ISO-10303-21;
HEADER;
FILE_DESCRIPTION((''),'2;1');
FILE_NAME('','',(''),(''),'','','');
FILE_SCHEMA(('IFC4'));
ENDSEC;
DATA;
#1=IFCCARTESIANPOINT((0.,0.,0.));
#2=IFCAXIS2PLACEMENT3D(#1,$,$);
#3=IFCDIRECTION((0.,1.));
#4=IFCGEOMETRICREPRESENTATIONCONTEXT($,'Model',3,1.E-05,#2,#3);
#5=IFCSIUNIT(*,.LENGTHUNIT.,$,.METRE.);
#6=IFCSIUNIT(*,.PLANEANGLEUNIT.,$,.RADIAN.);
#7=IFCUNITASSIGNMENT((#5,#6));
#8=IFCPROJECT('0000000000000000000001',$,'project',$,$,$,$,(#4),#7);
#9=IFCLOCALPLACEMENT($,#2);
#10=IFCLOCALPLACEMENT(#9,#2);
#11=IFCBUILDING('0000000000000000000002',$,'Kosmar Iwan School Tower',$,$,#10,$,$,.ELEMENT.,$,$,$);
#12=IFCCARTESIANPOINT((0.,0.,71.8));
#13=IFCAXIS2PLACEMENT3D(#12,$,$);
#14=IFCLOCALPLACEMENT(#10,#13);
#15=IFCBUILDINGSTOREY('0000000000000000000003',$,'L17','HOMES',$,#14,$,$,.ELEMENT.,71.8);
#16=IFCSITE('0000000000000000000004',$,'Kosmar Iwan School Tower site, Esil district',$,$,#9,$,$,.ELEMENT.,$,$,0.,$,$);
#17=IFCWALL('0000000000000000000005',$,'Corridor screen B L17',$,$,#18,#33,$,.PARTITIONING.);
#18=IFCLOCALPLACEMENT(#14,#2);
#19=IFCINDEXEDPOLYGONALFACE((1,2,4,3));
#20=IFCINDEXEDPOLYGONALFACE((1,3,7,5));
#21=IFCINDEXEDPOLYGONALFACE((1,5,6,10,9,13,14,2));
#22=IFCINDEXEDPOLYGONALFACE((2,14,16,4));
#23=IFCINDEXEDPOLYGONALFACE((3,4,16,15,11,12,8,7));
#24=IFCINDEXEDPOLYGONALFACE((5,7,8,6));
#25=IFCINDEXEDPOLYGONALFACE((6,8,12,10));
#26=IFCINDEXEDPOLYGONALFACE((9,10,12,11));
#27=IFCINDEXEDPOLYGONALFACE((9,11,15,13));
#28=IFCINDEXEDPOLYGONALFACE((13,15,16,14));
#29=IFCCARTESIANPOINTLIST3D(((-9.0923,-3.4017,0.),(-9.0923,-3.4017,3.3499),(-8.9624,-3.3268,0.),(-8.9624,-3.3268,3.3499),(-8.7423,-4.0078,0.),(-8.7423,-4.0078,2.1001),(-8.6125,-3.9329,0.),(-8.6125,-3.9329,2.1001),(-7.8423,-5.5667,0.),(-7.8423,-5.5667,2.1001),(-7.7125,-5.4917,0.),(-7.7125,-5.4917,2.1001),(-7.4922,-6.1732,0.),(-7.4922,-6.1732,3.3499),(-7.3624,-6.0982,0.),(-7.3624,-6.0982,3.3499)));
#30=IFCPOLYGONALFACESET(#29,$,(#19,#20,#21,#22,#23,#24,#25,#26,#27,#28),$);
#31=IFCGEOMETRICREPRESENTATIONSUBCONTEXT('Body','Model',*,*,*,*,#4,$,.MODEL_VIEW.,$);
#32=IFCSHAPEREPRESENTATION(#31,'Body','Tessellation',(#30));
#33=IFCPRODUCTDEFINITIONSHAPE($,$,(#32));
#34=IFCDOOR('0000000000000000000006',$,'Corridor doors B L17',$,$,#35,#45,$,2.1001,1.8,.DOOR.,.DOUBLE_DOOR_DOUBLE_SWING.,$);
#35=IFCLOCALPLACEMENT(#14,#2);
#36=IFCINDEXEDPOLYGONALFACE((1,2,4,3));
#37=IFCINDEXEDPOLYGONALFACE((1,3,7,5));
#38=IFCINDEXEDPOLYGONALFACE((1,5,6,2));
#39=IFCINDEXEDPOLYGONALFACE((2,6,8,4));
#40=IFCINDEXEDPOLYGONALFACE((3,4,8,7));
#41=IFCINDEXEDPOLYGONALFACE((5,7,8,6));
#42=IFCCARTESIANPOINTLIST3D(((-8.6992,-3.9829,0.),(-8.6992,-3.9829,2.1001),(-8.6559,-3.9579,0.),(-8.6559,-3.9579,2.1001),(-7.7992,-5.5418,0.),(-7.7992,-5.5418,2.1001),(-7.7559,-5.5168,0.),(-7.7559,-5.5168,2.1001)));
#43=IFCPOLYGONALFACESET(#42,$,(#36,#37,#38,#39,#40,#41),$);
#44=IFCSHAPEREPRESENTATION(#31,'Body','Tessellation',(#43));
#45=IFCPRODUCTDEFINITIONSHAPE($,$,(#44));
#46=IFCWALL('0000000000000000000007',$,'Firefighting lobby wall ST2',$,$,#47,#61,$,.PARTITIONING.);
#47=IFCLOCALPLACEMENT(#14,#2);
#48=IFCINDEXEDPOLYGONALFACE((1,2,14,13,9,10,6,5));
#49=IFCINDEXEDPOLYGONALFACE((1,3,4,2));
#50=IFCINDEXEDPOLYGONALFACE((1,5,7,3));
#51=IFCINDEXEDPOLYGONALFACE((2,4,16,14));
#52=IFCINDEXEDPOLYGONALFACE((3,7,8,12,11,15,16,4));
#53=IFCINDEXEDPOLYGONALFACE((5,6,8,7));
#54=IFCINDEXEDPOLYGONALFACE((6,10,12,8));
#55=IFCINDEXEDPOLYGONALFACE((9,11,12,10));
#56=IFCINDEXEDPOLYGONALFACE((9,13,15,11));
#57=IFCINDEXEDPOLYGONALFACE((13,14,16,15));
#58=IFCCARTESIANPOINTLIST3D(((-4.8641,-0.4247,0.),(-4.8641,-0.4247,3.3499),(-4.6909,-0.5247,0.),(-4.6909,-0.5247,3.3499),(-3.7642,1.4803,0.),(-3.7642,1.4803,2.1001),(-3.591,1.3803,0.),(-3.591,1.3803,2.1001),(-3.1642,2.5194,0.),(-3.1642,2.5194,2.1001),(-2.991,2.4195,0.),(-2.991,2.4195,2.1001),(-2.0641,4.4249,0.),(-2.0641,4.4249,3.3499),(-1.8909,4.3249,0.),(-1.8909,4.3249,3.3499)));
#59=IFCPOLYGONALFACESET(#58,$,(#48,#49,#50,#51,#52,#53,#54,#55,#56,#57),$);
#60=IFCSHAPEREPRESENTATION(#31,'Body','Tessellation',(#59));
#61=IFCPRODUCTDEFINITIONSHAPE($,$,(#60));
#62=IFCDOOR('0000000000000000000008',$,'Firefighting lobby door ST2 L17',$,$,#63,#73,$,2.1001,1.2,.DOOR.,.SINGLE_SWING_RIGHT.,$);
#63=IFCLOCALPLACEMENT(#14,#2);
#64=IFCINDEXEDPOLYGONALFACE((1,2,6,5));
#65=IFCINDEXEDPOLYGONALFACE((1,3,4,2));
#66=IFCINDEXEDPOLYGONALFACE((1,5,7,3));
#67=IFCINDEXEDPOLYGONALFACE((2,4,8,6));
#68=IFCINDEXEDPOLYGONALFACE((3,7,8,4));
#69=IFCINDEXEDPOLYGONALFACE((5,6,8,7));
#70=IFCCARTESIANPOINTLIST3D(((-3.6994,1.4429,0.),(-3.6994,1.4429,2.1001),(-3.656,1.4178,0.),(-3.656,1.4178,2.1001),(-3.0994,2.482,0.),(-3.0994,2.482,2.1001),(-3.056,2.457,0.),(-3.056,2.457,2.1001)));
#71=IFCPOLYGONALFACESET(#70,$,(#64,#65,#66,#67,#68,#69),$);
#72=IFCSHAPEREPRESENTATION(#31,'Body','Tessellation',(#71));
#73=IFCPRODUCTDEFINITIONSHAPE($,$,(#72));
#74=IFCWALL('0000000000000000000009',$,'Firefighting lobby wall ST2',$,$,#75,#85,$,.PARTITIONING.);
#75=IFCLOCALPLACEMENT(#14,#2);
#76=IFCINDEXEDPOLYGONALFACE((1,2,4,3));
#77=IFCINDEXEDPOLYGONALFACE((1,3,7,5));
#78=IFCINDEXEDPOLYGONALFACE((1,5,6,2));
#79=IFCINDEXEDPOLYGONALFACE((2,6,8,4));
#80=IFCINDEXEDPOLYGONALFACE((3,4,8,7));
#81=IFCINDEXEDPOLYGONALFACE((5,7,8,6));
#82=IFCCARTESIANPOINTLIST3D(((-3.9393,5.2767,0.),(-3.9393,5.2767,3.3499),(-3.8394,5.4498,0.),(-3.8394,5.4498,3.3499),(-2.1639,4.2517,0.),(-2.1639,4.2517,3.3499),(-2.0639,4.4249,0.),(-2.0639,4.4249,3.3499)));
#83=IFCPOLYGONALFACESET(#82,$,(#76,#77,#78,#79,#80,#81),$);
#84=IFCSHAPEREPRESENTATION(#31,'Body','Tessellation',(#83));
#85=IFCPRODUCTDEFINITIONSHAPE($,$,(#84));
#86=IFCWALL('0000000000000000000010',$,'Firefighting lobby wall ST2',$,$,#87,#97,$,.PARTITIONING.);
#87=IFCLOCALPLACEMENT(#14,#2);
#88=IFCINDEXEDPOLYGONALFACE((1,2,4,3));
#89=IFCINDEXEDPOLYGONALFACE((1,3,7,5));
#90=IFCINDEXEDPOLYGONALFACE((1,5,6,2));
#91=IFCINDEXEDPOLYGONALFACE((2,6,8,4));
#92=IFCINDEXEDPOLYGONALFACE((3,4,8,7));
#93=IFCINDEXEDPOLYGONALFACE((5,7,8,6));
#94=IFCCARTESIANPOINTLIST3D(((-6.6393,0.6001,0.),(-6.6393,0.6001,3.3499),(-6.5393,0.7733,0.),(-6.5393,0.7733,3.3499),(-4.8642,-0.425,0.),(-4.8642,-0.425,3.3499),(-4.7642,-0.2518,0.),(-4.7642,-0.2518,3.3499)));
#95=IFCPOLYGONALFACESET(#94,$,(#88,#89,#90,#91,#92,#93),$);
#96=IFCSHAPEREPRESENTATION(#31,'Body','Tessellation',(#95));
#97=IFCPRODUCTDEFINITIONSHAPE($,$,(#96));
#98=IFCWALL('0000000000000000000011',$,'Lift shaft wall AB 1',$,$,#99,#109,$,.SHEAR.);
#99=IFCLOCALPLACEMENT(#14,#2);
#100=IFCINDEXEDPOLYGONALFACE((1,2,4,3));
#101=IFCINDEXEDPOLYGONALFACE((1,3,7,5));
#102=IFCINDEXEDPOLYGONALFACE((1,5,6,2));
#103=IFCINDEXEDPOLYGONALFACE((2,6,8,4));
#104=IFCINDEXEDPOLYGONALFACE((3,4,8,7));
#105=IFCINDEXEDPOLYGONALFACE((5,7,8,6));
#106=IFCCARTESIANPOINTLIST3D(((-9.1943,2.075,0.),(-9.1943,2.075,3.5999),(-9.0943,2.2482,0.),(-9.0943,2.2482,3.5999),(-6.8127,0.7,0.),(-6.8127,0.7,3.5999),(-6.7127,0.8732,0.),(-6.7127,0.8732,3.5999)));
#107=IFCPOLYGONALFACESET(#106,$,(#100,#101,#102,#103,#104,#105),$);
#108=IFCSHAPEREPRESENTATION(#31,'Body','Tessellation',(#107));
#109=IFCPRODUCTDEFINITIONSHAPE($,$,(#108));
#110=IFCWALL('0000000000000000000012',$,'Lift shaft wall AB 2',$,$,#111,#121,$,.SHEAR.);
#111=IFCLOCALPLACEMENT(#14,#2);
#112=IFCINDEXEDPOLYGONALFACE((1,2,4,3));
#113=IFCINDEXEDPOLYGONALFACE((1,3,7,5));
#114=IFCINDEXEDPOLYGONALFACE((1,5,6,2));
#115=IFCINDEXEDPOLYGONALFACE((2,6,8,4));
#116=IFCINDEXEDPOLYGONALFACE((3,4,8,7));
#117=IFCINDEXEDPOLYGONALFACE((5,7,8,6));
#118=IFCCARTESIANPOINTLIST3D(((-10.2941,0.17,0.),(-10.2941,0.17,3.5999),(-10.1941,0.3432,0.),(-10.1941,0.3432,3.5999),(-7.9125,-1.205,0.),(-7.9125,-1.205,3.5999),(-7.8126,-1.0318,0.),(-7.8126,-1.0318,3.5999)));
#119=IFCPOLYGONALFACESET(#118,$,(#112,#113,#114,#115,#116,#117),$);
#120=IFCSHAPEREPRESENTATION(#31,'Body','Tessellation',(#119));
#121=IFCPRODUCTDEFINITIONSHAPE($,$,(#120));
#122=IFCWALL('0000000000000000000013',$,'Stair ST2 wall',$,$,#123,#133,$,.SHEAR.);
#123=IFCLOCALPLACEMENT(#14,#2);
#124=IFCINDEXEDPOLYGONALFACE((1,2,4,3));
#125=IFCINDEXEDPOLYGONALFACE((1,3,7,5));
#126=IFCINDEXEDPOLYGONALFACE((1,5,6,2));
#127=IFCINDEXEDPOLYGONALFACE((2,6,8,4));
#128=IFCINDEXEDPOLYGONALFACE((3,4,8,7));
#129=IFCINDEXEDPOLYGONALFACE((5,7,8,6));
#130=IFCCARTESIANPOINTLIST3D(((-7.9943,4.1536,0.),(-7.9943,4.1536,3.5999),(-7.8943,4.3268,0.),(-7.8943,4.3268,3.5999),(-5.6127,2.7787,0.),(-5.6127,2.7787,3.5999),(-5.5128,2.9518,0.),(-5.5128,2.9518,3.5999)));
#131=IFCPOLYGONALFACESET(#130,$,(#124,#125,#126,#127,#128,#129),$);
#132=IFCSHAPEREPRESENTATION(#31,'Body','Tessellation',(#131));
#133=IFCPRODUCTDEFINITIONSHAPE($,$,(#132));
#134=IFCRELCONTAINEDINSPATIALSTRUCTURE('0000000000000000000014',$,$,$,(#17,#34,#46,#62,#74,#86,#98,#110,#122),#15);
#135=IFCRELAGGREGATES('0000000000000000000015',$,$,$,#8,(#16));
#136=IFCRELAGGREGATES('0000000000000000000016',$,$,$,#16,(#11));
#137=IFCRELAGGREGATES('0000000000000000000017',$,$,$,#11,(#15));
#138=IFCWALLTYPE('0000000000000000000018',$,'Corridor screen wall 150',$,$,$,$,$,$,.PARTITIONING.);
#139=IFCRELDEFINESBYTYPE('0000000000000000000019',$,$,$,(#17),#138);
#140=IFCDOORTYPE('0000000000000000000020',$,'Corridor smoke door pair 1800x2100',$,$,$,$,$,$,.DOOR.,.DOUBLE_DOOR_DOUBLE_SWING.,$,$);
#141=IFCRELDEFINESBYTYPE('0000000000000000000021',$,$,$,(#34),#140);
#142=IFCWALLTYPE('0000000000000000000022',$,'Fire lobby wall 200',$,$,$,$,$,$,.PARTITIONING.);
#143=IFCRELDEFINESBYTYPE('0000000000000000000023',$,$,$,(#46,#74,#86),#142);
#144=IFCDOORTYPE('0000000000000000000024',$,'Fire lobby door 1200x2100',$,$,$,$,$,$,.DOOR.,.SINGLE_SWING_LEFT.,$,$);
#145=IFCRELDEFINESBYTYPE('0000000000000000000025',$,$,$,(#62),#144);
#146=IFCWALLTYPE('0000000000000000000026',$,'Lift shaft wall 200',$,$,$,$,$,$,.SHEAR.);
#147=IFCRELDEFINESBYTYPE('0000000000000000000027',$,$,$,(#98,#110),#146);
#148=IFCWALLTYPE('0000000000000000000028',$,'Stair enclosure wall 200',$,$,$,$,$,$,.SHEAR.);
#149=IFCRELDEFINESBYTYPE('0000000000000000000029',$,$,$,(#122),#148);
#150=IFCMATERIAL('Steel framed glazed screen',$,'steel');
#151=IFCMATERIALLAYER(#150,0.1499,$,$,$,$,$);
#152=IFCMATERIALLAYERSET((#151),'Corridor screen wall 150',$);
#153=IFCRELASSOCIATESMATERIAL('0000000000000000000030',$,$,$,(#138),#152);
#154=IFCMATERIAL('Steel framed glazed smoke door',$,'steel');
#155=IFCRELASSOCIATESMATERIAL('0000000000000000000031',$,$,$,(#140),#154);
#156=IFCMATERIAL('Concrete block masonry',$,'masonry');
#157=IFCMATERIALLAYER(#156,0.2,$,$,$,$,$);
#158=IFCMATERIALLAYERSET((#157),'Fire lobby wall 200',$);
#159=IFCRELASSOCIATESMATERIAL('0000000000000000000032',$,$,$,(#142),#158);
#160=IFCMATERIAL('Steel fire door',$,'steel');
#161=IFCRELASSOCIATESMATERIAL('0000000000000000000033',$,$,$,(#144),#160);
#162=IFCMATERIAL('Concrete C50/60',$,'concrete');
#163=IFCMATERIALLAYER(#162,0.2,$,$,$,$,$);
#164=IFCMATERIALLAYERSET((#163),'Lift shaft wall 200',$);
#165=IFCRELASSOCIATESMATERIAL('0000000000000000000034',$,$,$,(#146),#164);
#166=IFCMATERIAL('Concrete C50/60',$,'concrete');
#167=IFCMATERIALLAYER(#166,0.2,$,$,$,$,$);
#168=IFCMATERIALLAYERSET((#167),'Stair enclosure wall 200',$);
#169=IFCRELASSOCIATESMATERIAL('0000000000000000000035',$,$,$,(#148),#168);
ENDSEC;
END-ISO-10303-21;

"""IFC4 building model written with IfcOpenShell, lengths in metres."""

from ifc_helpers import new_model, si_unit, direction, frame, frame_2d, origin, place, context, subcontext, project, spatial, rectangle, extrude, material, layer, layer_set, type_object, element, fill, save


model = new_model("IFC4")

# Units and contexts
model_context = context("Model", 3, precision=1e-05, world=origin(), true_north=direction((0.0, 1.0)))
body_context = subcontext(model_context, "Body", "Model", "MODEL_VIEW")
ifc_project = project(units=[si_unit("LENGTHUNIT", "METRE"), si_unit("PLANEANGLEUNIT", "RADIAN")], contexts=[model_context])

# Site, building, storey
site_placement = place(None, origin())
site = spatial("IfcSite", under=ifc_project, at=site_placement, Name="Kosmar Iwan School Tower site, Esil district", CompositionType="ELEMENT", RefElevation=0.0)
building_placement = place(site_placement, origin())
building = spatial("IfcBuilding", under=site, at=building_placement, Name="Kosmar Iwan School Tower", CompositionType="ELEMENT")
storey_placement = place(building_placement, frame((0.0, 0.0, 71.8)))
storey = spatial("IfcBuildingStorey", under=building, at=storey_placement, Name="L17", Description="HOMES", CompositionType="ELEMENT", Elevation=71.8)

# Walls, openings, doors
ifc_material_1 = material(Name="Steel framed glazed screen", Category="steel")
ifc_layer_1 = layer(ifc_material_1, 0.1499)
ifc_layer_set_1 = layer_set([ifc_layer_1], Name="Corridor screen wall 150")
wall_type_1 = type_object("IfcWallType", Name="Corridor screen wall 150", PredefinedType="PARTITIONING", material=ifc_layer_set_1)
wall_1_placement = place(storey_placement, frame((-9.0273, -3.3643, 0.0), z_axis=(0.0, 0.0, 1.0), x_axis=(0.499995, -0.866028, 0.0)))
wall_1 = element("IfcWall", 1, at=wall_1_placement, inside=storey, type_object=wall_type_1, Name="Corridor screen B L17", PredefinedType="PARTITIONING", context=body_context, shape_type="SweptSolid", body=[
    extrude(rectangle(XDim=3.2002, YDim=0.1499, at=frame_2d((1.6001, 0.0))), origin(), (0.0, 0.0, 1.0), 3.3499),
])
opening_1_placement = place(wall_1_placement, frame((0.7, 0.0, 0.0)))
opening_1 = element("IfcOpeningElement", 2, at=opening_1_placement, cuts=wall_1, PredefinedType="OPENING", context=body_context, shape_type="SweptSolid", body=[
    extrude(rectangle(XDim=1.8, YDim=2.1001, at=frame_2d((0.8999, 1.05))), frame((0.0, 0.0869, 0.0), z_axis=(0.0, -1.0, 0.0), x_axis=(1.0, 0.0, 0.0)), (0.0, 0.0, 1.0), 0.1738),
])
ifc_material_2 = material(Name="Steel framed glazed smoke door", Category="steel")
door_type_1 = type_object("IfcDoorType", Name="Corridor smoke door pair 1800x2100", OperationType="DOUBLE_DOOR_DOUBLE_SWING", PredefinedType="DOOR", material=ifc_material_2)
door_1_placement = place(opening_1_placement, origin())
door_1 = element("IfcDoor", 3, at=door_1_placement, inside=storey, type_object=door_type_1, Name="Corridor doors B L17", OperationType="DOUBLE_DOOR_DOUBLE_SWING", OverallHeight=2.1001, OverallWidth=1.8, PredefinedType="DOOR", context=body_context, shape_type="SweptSolid", body=[
    extrude(rectangle(XDim=1.8, YDim=2.1001, at=frame_2d((0.8999, 1.05))), frame((0.0, 0.0249, 0.0), z_axis=(0.0, -1.0, 0.0), x_axis=(1.0, 0.0, 0.0)), (0.0, 0.0, 1.0), 0.05),
])
fill(opening_1, door_1)
ifc_material_3 = material(Name="Concrete block masonry", Category="masonry")
ifc_layer_2 = layer(ifc_material_3, 0.2)
ifc_layer_set_2 = layer_set([ifc_layer_2], Name="Fire lobby wall 200")
wall_type_2 = type_object("IfcWallType", Name="Fire lobby wall 200", PredefinedType="PARTITIONING", material=ifc_layer_set_2)
wall_2_placement = place(storey_placement, frame((-1.9775, 4.3748, 0.0), z_axis=(0.0, 0.0, 1.0), x_axis=(-0.500017, -0.866016, 0.0)))
wall_2 = element("IfcWall", 4, at=wall_2_placement, inside=storey, type_object=wall_type_2, Name="Firefighting lobby wall ST2", PredefinedType="PARTITIONING", context=body_context, shape_type="SweptSolid", body=[
    extrude(rectangle(XDim=5.5999, YDim=0.2, at=frame_2d((2.7998, 0.0))), origin(), (0.0, 0.0, 1.0), 3.3499),
])
opening_2_placement = place(wall_2_placement, frame((2.2, 0.0, 0.0)))
opening_2 = element("IfcOpeningElement", 5, at=opening_2_placement, cuts=wall_2, PredefinedType="OPENING", context=body_context, shape_type="SweptSolid", body=[
    extrude(rectangle(XDim=1.2, YDim=2.1001, at=frame_2d((0.6001, 1.05))), frame((0.0, 0.1121, 0.0), z_axis=(0.0, -1.0, 0.0), x_axis=(1.0, 0.0, 0.0)), (0.0, 0.0, 1.0), 0.2239),
])
ifc_material_4 = material(Name="Steel fire door", Category="steel")
door_type_2 = type_object("IfcDoorType", Name="Fire lobby door 1200x2100", OperationType="SINGLE_SWING_LEFT", PredefinedType="DOOR", material=ifc_material_4)
door_2_placement = place(opening_2_placement, origin())
door_2 = element("IfcDoor", 6, at=door_2_placement, inside=storey, type_object=door_type_2, Name="Firefighting lobby door ST2 L17", OperationType="SINGLE_SWING_RIGHT", OverallHeight=2.1001, OverallWidth=1.2, PredefinedType="DOOR", context=body_context, shape_type="SweptSolid", body=[
    extrude(rectangle(XDim=1.2, YDim=2.1001, at=frame_2d((0.6001, 1.05))), frame((0.0, 0.0249, 0.0), z_axis=(0.0, -1.0, 0.0), x_axis=(1.0, 0.0, 0.0)), (0.0, 0.0, 1.0), 0.05),
])
fill(opening_2, door_2)

# Walls
wall_3_placement = place(storey_placement, frame((-2.114, 4.3384, 0.0), z_axis=(0.0, 0.0, 1.0), x_axis=(-0.866051, 0.499956, 0.0)))
element("IfcWall", 7, at=wall_3_placement, inside=storey, type_object=wall_type_2, Name="Firefighting lobby wall ST2", PredefinedType="PARTITIONING", context=body_context, shape_type="SweptSolid", body=[
    extrude(rectangle(XDim=2.05, YDim=0.2, at=frame_2d((1.0249, 0.0))), origin(), (0.0, 0.0, 1.0), 3.3499),
])
wall_4_placement = place(storey_placement, frame((-4.8142, -0.3384, 0.0), z_axis=(0.0, 0.0, 1.0), x_axis=(-0.865969, 0.500097, 0.0)))
element("IfcWall", 8, at=wall_4_placement, inside=storey, type_object=wall_type_2, Name="Firefighting lobby wall ST2", PredefinedType="PARTITIONING", context=body_context, shape_type="SweptSolid", body=[
    extrude(rectangle(XDim=2.0498, YDim=0.2, at=frame_2d((1.0249, 0.0))), origin(), (0.0, 0.0, 1.0), 3.3499),
])
ifc_material_5 = material(Name="Concrete C50/60", Category="concrete")
ifc_layer_3 = layer(ifc_material_5, 0.2)
ifc_layer_set_3 = layer_set([ifc_layer_3], Name="Lift shaft wall 200")
wall_type_3 = type_object("IfcWallType", Name="Lift shaft wall 200", PredefinedType="SHEAR", material=ifc_layer_set_3)
for number, where, z_axis, x_axis, name in (
    (9, (-6.7627, 0.7866, 0.0), (0.0, 0.0, 1.0), (-0.866027, 0.499997, 0.0), "Lift shaft wall AB 1"),
    (10, (-7.8625, -1.1184, 0.0), (0.0, 0.0, 1.0), (-0.866027, 0.499997, 0.0), "Lift shaft wall AB 2"),
):
    element("IfcWall", number, at=place(storey_placement, frame(where, z_axis=z_axis, x_axis=x_axis)), inside=storey, type_object=wall_type_3, Name=name, PredefinedType="SHEAR", context=body_context, shape_type="SweptSolid", body=[
        extrude(rectangle(XDim=2.75, YDim=0.2, at=frame_2d((1.375, 0.0))), origin(), (0.0, 0.0, 1.0), 3.5999),
    ])
ifc_material_6 = material(Name="Concrete C50/60", Category="concrete")
ifc_layer_4 = layer(ifc_material_6, 0.2)
ifc_layer_set_4 = layer_set([ifc_layer_4], Name="Stair enclosure wall 200")
wall_type_4 = type_object("IfcWallType", Name="Stair enclosure wall 200", PredefinedType="SHEAR", material=ifc_layer_set_4)
wall_5_placement = place(storey_placement, frame((-5.5627, 2.8652, 0.0), z_axis=(0.0, 0.0, 1.0), x_axis=(-0.866027, 0.499997, 0.0)))
element("IfcWall", 11, at=wall_5_placement, inside=storey, type_object=wall_type_4, Name="Stair ST2 wall", PredefinedType="SHEAR", context=body_context, shape_type="SweptSolid", body=[
    extrude(rectangle(XDim=2.75, YDim=0.2, at=frame_2d((1.375, 0.0))), origin(), (0.0, 0.0, 1.0), 3.5999),
])

save(model, "model.ifc")
